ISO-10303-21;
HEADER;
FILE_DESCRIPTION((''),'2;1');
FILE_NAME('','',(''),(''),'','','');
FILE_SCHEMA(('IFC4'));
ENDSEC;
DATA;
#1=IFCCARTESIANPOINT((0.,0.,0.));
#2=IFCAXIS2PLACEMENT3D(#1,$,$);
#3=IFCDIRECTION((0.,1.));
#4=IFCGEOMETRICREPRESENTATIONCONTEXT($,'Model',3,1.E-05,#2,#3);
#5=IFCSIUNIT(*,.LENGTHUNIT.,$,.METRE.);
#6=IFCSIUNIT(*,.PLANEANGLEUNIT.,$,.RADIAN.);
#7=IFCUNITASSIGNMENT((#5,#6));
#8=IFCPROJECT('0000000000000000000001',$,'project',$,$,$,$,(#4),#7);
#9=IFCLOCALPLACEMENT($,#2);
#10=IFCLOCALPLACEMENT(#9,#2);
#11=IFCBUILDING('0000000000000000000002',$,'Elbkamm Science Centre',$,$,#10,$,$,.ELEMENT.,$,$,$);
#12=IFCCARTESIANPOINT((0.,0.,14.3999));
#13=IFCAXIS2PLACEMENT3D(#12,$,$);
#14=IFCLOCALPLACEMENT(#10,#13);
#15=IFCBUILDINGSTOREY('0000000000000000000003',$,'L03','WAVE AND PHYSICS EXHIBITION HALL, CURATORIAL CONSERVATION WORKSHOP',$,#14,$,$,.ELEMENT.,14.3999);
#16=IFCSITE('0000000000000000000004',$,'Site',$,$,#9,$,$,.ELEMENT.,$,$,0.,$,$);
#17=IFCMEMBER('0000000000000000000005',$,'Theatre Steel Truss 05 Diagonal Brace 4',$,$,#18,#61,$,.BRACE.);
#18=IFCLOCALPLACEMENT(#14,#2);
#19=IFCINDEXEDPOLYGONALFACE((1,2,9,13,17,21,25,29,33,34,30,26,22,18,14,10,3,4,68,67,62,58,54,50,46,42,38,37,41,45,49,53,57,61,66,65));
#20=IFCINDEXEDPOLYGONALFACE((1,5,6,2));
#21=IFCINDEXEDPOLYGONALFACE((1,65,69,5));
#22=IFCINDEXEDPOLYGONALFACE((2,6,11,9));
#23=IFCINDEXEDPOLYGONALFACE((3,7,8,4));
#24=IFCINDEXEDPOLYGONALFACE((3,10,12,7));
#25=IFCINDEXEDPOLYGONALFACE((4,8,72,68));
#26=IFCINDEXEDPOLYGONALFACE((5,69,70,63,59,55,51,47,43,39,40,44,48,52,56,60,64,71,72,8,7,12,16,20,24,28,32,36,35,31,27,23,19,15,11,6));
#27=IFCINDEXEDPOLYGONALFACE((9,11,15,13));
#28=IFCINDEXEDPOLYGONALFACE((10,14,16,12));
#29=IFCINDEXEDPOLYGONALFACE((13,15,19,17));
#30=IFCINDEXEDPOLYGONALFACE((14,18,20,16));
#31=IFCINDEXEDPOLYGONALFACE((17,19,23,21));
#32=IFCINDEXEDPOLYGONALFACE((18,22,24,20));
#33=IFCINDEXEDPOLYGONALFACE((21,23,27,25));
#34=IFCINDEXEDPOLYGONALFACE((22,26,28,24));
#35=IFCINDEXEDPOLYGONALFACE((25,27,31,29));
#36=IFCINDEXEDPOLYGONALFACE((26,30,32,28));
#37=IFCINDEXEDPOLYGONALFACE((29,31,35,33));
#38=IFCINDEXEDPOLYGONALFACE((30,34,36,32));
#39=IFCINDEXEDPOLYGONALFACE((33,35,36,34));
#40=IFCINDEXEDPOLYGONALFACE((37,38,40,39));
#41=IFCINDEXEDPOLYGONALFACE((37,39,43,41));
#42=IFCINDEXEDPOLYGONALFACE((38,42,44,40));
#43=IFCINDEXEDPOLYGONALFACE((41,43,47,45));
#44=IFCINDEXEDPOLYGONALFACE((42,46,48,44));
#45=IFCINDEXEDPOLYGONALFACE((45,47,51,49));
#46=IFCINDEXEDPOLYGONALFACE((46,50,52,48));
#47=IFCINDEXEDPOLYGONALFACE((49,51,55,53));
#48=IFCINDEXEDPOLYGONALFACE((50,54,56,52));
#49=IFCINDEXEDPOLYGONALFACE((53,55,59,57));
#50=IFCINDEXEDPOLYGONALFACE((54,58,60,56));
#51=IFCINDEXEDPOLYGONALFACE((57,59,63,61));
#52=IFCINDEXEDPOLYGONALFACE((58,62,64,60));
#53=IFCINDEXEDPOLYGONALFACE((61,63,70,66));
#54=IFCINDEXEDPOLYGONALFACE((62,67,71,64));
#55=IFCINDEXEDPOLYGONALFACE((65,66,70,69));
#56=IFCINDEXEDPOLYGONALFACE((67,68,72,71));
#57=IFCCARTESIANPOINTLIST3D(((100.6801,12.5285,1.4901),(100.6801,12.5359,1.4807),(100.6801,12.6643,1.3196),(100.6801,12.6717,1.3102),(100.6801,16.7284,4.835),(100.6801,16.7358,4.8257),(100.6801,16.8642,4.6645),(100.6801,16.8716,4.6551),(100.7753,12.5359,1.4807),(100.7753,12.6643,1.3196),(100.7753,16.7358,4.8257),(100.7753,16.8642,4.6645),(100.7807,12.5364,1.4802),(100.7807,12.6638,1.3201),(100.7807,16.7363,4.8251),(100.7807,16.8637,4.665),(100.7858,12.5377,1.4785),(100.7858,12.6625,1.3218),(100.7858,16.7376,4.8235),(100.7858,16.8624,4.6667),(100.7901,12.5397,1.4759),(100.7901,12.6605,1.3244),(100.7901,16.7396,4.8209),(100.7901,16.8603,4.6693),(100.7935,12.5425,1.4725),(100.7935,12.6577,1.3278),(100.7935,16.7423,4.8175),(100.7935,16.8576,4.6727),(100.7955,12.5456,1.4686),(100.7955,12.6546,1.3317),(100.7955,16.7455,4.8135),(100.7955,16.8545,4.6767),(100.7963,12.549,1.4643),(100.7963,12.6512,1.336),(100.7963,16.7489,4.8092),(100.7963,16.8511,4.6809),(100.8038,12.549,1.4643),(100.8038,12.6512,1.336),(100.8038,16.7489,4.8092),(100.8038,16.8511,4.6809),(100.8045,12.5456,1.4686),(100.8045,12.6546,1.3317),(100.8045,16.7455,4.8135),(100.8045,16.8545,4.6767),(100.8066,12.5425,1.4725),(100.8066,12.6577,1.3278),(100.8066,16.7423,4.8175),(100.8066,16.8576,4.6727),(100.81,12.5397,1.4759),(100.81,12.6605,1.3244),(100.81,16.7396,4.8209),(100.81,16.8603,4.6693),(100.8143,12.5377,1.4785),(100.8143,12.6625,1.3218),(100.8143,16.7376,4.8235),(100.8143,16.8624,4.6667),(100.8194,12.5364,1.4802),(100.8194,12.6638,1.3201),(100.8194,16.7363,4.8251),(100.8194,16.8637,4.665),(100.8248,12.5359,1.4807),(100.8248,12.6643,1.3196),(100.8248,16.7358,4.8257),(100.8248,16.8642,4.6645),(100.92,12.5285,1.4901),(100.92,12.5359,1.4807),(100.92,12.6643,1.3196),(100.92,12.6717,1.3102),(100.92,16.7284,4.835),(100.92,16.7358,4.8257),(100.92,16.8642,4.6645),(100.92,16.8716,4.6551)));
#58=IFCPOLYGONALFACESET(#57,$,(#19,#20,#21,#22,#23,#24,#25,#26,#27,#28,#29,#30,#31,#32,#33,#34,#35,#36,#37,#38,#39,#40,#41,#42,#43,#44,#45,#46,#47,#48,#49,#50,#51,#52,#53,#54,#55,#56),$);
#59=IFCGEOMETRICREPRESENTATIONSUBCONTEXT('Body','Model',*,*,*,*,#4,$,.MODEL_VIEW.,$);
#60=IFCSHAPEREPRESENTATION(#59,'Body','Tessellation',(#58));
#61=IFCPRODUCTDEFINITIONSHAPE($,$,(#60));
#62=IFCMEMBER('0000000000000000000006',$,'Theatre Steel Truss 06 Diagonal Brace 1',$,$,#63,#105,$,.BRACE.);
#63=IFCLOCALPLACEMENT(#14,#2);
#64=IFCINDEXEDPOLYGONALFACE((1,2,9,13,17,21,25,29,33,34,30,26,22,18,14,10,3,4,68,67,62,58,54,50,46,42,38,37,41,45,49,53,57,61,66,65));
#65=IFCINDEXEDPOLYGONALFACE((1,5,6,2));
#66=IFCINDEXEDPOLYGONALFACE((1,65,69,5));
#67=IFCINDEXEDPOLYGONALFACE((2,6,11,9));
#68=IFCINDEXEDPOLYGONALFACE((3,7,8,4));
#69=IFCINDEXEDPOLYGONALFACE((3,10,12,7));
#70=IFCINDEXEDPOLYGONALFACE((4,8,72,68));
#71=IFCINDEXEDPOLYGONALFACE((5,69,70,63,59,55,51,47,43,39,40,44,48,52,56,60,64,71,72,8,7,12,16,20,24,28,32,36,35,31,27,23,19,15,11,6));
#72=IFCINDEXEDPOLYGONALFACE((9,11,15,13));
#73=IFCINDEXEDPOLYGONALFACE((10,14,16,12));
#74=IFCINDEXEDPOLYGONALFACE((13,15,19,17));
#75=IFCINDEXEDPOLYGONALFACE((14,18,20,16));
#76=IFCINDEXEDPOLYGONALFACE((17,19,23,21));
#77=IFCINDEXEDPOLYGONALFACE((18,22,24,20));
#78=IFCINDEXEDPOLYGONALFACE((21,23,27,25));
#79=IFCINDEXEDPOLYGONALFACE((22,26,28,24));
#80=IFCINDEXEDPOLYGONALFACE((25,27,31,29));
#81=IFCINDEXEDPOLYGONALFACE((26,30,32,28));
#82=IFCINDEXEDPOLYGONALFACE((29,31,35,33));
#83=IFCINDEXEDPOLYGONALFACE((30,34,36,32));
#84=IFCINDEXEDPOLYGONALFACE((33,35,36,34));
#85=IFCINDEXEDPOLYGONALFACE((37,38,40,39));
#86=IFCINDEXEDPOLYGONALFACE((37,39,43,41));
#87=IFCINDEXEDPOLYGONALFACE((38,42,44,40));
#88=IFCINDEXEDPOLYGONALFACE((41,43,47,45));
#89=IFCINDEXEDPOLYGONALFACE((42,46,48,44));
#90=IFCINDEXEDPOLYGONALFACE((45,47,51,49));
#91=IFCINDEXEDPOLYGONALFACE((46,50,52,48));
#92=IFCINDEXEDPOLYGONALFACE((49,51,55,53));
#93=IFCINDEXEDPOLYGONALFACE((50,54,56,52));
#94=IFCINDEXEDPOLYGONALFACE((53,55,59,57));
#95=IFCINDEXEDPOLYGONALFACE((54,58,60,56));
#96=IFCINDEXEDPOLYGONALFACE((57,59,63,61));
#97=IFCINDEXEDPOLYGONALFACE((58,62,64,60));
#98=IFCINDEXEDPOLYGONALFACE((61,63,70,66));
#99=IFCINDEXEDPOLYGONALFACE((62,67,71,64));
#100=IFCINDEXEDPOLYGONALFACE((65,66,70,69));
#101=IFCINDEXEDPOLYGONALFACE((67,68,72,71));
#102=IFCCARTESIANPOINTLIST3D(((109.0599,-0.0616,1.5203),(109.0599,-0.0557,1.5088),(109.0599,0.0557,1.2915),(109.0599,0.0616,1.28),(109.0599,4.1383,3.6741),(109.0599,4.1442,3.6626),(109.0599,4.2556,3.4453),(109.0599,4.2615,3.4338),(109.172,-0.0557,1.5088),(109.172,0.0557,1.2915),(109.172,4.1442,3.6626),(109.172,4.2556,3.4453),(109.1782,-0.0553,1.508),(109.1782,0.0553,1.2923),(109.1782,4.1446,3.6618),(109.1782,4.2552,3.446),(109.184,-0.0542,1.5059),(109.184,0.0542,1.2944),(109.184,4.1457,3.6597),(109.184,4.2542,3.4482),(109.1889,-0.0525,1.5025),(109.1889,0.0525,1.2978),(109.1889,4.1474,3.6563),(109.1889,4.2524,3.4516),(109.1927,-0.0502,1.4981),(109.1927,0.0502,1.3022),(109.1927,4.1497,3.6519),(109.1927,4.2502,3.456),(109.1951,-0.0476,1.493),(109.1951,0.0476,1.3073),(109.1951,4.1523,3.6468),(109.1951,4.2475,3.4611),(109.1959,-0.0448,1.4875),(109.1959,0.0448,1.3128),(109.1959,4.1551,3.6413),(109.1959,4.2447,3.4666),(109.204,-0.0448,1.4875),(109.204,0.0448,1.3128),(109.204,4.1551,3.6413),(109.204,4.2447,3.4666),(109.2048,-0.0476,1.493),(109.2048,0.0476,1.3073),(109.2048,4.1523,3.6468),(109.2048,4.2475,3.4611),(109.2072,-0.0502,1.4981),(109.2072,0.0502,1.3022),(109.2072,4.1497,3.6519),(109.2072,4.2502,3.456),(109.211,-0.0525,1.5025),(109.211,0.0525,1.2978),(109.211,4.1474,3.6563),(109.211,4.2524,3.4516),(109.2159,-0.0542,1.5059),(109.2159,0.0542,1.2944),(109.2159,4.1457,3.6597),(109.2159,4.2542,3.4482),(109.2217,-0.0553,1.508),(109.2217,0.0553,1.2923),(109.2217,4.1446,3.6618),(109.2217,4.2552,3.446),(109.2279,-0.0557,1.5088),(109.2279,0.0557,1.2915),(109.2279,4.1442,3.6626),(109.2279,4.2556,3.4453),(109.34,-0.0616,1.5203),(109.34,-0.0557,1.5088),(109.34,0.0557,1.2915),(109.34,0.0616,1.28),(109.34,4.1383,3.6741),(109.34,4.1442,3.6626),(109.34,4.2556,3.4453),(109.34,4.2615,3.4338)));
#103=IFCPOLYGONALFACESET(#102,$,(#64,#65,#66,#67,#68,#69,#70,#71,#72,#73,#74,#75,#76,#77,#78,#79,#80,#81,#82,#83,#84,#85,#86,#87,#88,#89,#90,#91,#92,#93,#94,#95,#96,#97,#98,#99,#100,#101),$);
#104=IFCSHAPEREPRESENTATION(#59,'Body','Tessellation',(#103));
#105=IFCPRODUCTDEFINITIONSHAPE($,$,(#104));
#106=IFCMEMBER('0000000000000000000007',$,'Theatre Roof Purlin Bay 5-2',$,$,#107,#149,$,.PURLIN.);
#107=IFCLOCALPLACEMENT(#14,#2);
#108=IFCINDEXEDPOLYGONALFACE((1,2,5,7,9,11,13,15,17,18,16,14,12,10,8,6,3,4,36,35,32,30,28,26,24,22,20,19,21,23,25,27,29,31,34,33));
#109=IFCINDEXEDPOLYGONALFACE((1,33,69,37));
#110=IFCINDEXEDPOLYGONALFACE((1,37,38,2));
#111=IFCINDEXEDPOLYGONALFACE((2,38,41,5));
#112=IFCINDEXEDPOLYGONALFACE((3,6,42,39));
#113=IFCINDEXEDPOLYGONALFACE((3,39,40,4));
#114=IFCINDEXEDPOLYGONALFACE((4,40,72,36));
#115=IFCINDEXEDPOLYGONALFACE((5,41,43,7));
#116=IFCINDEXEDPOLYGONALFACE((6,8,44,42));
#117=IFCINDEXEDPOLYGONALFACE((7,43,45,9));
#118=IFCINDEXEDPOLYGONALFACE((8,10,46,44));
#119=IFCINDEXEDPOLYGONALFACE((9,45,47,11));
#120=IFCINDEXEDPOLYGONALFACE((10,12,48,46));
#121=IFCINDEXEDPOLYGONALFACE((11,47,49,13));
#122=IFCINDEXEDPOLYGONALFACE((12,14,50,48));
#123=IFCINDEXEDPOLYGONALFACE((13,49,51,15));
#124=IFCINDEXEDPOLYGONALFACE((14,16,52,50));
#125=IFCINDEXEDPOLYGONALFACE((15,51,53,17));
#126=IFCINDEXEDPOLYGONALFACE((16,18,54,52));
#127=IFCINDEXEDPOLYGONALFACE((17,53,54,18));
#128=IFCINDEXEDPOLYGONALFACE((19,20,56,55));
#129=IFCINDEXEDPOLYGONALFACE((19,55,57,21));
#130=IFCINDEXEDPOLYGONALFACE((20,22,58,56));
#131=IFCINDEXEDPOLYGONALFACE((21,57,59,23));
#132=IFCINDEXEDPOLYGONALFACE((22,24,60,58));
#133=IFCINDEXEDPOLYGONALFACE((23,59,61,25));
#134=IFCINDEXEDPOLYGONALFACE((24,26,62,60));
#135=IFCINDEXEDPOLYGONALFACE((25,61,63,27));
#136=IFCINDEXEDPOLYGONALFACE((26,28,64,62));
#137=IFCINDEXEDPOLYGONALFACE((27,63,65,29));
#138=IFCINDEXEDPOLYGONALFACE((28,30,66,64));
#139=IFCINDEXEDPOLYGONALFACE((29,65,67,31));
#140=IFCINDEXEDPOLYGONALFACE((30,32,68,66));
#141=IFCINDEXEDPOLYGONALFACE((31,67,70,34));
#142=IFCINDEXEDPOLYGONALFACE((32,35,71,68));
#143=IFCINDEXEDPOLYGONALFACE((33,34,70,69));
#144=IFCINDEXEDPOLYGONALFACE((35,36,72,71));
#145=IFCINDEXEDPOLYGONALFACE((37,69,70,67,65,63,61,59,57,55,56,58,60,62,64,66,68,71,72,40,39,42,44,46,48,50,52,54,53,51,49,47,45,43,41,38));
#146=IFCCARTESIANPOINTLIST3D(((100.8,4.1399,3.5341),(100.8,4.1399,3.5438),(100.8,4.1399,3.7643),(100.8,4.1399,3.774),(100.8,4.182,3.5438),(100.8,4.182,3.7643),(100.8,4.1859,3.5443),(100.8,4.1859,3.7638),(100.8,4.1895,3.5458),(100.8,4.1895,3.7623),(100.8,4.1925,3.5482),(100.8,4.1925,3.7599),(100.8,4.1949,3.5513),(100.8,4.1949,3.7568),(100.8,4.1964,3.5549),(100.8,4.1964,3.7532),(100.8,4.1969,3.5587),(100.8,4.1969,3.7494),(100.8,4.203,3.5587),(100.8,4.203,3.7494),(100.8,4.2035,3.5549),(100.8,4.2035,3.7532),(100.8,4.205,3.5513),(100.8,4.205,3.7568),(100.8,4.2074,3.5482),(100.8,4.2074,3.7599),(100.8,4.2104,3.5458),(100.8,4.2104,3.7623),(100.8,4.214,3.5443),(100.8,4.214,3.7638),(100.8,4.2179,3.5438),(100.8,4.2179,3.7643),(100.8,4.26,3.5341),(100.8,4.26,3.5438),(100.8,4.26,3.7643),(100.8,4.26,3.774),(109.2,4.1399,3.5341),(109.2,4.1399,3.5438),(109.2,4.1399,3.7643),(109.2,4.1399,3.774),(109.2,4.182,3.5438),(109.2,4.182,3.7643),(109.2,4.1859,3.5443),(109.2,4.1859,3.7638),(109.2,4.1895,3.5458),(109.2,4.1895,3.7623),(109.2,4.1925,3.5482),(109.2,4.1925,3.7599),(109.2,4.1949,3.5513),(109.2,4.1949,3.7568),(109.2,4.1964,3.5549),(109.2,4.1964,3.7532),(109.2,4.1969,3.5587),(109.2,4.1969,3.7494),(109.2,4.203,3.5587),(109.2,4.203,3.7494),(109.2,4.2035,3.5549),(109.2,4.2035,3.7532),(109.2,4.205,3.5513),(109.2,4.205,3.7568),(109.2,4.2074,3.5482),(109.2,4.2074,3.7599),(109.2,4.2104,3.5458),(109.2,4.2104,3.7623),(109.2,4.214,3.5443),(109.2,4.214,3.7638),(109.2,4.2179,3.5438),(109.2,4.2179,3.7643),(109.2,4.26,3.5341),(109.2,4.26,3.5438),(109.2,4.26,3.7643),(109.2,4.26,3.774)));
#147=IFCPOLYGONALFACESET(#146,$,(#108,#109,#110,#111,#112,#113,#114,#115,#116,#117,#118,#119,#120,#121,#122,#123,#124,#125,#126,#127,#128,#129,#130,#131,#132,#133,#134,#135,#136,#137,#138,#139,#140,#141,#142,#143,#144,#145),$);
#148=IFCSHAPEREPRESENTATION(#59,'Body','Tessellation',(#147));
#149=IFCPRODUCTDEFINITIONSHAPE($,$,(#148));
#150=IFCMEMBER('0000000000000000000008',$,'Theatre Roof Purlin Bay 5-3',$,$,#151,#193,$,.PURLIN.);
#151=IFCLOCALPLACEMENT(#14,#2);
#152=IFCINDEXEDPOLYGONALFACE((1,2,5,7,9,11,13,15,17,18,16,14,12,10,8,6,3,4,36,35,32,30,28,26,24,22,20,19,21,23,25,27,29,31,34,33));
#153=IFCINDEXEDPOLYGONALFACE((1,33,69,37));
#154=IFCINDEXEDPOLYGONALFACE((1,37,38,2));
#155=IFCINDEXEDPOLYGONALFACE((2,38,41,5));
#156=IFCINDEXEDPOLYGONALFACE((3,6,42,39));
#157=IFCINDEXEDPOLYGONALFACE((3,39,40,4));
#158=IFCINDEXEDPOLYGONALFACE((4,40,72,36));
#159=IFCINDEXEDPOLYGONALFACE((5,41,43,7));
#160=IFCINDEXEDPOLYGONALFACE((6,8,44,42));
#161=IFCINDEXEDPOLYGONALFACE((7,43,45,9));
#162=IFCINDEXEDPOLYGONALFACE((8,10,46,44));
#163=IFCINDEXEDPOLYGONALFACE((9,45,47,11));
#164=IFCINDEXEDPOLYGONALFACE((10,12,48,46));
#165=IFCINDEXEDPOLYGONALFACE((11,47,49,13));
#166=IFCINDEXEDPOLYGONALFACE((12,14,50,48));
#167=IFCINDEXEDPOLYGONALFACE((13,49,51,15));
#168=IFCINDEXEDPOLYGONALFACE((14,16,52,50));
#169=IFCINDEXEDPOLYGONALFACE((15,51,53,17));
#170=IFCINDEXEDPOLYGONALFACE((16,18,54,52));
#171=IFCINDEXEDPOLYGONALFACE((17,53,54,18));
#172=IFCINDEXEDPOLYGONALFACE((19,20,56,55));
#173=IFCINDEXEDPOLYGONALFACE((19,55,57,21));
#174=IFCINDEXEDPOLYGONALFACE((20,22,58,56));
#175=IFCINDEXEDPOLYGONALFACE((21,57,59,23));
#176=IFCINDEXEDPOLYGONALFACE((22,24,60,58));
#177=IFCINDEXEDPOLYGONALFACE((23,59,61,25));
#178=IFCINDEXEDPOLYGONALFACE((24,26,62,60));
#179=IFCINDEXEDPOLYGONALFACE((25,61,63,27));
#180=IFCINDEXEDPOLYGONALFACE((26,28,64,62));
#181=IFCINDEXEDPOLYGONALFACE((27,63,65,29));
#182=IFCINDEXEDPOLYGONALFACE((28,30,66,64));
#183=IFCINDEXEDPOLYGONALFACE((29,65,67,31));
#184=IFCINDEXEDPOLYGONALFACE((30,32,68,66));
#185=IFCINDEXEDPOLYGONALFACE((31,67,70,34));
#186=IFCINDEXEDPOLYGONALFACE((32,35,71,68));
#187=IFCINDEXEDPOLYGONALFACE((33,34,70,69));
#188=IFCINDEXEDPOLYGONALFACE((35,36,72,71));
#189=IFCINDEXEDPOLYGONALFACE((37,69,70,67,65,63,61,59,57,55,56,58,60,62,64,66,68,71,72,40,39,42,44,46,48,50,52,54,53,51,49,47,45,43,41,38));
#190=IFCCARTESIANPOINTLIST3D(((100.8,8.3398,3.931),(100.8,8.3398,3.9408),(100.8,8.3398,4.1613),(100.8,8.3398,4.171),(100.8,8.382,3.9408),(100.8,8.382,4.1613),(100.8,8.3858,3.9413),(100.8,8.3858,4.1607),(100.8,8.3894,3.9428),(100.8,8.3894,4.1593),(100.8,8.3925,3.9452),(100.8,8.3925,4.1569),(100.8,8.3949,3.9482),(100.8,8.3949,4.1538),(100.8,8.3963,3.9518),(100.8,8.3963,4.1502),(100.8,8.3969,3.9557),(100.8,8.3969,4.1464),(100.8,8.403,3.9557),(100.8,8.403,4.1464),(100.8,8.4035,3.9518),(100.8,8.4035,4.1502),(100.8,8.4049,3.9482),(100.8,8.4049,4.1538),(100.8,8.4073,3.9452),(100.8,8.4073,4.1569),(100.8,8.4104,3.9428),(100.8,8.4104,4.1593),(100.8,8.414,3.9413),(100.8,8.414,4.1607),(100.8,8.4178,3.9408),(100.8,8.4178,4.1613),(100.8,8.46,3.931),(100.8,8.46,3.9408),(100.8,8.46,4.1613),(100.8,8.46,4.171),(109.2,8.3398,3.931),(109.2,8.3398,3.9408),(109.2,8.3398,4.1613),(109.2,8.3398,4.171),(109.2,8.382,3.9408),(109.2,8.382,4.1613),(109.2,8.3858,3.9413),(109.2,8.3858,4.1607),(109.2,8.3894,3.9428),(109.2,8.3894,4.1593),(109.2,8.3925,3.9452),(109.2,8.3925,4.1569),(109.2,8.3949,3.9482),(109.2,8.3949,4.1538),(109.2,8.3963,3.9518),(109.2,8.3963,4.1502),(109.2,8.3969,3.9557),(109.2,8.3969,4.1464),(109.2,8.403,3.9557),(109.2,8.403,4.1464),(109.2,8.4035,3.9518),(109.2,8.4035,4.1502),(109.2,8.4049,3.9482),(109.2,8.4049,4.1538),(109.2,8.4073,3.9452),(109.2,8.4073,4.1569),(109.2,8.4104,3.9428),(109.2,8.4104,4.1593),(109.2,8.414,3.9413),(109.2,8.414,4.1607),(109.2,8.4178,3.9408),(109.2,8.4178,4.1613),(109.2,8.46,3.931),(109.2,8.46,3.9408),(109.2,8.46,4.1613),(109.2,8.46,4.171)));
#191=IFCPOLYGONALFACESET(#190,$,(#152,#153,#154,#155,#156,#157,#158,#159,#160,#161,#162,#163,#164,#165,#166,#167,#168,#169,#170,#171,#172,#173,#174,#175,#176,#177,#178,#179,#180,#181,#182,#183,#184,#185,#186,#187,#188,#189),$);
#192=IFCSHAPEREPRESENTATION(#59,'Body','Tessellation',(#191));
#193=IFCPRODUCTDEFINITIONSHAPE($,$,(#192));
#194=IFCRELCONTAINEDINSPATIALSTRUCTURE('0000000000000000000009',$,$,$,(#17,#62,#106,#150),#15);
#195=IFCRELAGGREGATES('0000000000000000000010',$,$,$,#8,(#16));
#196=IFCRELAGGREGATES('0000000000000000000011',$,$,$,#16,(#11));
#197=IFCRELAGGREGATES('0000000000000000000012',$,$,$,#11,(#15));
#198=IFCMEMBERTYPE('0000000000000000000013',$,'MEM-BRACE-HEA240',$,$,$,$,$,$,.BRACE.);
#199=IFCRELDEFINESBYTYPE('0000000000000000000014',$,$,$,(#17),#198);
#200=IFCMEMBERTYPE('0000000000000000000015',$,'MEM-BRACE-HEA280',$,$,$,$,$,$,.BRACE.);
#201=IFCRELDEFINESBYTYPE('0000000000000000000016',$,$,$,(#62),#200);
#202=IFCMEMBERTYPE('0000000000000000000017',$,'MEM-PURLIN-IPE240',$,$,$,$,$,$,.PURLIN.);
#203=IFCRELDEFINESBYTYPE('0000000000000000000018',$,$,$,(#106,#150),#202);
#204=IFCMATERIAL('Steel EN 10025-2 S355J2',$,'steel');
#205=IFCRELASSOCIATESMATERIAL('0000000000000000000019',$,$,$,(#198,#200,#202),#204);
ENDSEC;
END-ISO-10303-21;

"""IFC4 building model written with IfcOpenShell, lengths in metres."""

from ifc_helpers import new_model, si_unit, direction, frame, origin, origin_2d, place, context, subcontext, project, spatial, i_section, extrude, material, material_profile, profile_set, type_object, element, save


model = new_model("IFC4")

# Units and contexts
model_context = context("Model", 3, precision=1e-05, world=origin(), true_north=direction((0.0, 1.0)))
body_context = subcontext(model_context, "Body", "Model", "MODEL_VIEW")
ifc_project = project(units=[si_unit("LENGTHUNIT", "METRE"), si_unit("PLANEANGLEUNIT", "RADIAN")], contexts=[model_context])

# Site, building, storey
site_placement = place(None, origin())
site = spatial("IfcSite", under=ifc_project, at=site_placement, Name="Site", CompositionType="ELEMENT", RefElevation=0.0)
building_placement = place(site_placement, origin())
building = spatial("IfcBuilding", under=site, at=building_placement, Name="Elbkamm Science Centre", CompositionType="ELEMENT")
storey_placement = place(building_placement, frame((0.0, 0.0, 14.3999)))
storey = spatial("IfcBuildingStorey", under=building, at=storey_placement, Name="L03", Description="WAVE AND PHYSICS EXHIBITION HALL, CURATORIAL CONSERVATION WORKSHOP", CompositionType="ELEMENT", Elevation=14.3999)

# Shared definitions
ifc_material_1 = material(Name="Steel EN 10025-2 S355J2", Category="steel")

# Members
ifc_material_profile_1 = material_profile(ifc_material_1, i_section(OverallWidth=0.24, OverallDepth=0.23, WebThickness=0.0076, FlangeThickness=0.012, FilletRadius=0.021, at=origin_2d()), Name="HEA 240")
ifc_profile_set_1 = profile_set([ifc_material_profile_1], Name="Steel EN 10025-2 S355J2")
member_type_1 = type_object("IfcMemberType", Name="MEM-BRACE-HEA240", PredefinedType="BRACE", material=ifc_profile_set_1)
member_1_placement = place(storey_placement, frame((100.8, 12.6001, 1.4001), z_axis=(0.0, 0.782229, 0.622991), x_axis=(-1.0, 0.0, 0.0)))
element("IfcMember", 1, at=member_1_placement, inside=storey, type_object=member_type_1, Name="Theatre Steel Truss 05 Diagonal Brace 4", PredefinedType="BRACE", context=body_context, shape_type="SweptSolid", body=[
    extrude(i_section(OverallWidth=0.24, OverallDepth=0.23, WebThickness=0.0076, FlangeThickness=0.012, FilletRadius=0.021, at=origin_2d()), origin(), (0.0, 0.0, 1.0), 5.3691),
])
ifc_material_profile_2 = material_profile(ifc_material_1, i_section(OverallWidth=0.28, OverallDepth=0.27, WebThickness=0.0081, FlangeThickness=0.0129, FilletRadius=0.0239, at=origin_2d()), Name="HEA 280")
ifc_profile_set_2 = profile_set([ifc_material_profile_2], Name="Steel EN 10025-2 S355J2")
member_type_2 = type_object("IfcMemberType", Name="MEM-BRACE-HEA280", PredefinedType="BRACE", material=ifc_profile_set_2)
member_2_placement = place(storey_placement, frame((109.2, 0.0, 1.4001), z_axis=(0.0, 0.889819, 0.456315), x_axis=(-1.0, 0.0, 0.0)))
element("IfcMember", 2, at=member_2_placement, inside=storey, type_object=member_type_2, Name="Theatre Steel Truss 06 Diagonal Brace 1", PredefinedType="BRACE", context=body_context, shape_type="SweptSolid", body=[
    extrude(i_section(OverallWidth=0.28, OverallDepth=0.27, WebThickness=0.0081, FlangeThickness=0.0129, FilletRadius=0.0239, at=origin_2d()), origin(), (0.0, 0.0, 1.0), 4.72),
])
ifc_material_profile_3 = material_profile(ifc_material_1, i_section(OverallWidth=0.1201, OverallDepth=0.24, WebThickness=0.0061, FlangeThickness=0.0098, FilletRadius=0.0149, at=origin_2d()), Name="IPE 240")
ifc_profile_set_3 = profile_set([ifc_material_profile_3], Name="Steel EN 10025-2 S355J2")
member_type_3 = type_object("IfcMemberType", Name="MEM-PURLIN-IPE240", PredefinedType="PURLIN", material=ifc_profile_set_3)
for number, where, z_axis, x_axis, name in (
    (3, (100.8, 4.2, 3.6541), (1.0, 0.0, 0.0), (0.0, 1.0, 0.0), "Theatre Roof Purlin Bay 5-2"),
    (4, (100.8, 8.3999, 4.051), (1.0, 0.0, 0.0), (0.0, 1.0, 0.0), "Theatre Roof Purlin Bay 5-3"),
):
    element("IfcMember", number, at=place(storey_placement, frame(where, z_axis=z_axis, x_axis=x_axis)), inside=storey, type_object=member_type_3, Name=name, PredefinedType="PURLIN", context=body_context, shape_type="SweptSolid", body=[
        extrude(i_section(OverallWidth=0.1201, OverallDepth=0.24, WebThickness=0.0061, FlangeThickness=0.0098, FilletRadius=0.0149, at=origin_2d()), origin(), (0.0, 0.0, 1.0), 8.3999),
    ])

save(model, "model.ifc")
